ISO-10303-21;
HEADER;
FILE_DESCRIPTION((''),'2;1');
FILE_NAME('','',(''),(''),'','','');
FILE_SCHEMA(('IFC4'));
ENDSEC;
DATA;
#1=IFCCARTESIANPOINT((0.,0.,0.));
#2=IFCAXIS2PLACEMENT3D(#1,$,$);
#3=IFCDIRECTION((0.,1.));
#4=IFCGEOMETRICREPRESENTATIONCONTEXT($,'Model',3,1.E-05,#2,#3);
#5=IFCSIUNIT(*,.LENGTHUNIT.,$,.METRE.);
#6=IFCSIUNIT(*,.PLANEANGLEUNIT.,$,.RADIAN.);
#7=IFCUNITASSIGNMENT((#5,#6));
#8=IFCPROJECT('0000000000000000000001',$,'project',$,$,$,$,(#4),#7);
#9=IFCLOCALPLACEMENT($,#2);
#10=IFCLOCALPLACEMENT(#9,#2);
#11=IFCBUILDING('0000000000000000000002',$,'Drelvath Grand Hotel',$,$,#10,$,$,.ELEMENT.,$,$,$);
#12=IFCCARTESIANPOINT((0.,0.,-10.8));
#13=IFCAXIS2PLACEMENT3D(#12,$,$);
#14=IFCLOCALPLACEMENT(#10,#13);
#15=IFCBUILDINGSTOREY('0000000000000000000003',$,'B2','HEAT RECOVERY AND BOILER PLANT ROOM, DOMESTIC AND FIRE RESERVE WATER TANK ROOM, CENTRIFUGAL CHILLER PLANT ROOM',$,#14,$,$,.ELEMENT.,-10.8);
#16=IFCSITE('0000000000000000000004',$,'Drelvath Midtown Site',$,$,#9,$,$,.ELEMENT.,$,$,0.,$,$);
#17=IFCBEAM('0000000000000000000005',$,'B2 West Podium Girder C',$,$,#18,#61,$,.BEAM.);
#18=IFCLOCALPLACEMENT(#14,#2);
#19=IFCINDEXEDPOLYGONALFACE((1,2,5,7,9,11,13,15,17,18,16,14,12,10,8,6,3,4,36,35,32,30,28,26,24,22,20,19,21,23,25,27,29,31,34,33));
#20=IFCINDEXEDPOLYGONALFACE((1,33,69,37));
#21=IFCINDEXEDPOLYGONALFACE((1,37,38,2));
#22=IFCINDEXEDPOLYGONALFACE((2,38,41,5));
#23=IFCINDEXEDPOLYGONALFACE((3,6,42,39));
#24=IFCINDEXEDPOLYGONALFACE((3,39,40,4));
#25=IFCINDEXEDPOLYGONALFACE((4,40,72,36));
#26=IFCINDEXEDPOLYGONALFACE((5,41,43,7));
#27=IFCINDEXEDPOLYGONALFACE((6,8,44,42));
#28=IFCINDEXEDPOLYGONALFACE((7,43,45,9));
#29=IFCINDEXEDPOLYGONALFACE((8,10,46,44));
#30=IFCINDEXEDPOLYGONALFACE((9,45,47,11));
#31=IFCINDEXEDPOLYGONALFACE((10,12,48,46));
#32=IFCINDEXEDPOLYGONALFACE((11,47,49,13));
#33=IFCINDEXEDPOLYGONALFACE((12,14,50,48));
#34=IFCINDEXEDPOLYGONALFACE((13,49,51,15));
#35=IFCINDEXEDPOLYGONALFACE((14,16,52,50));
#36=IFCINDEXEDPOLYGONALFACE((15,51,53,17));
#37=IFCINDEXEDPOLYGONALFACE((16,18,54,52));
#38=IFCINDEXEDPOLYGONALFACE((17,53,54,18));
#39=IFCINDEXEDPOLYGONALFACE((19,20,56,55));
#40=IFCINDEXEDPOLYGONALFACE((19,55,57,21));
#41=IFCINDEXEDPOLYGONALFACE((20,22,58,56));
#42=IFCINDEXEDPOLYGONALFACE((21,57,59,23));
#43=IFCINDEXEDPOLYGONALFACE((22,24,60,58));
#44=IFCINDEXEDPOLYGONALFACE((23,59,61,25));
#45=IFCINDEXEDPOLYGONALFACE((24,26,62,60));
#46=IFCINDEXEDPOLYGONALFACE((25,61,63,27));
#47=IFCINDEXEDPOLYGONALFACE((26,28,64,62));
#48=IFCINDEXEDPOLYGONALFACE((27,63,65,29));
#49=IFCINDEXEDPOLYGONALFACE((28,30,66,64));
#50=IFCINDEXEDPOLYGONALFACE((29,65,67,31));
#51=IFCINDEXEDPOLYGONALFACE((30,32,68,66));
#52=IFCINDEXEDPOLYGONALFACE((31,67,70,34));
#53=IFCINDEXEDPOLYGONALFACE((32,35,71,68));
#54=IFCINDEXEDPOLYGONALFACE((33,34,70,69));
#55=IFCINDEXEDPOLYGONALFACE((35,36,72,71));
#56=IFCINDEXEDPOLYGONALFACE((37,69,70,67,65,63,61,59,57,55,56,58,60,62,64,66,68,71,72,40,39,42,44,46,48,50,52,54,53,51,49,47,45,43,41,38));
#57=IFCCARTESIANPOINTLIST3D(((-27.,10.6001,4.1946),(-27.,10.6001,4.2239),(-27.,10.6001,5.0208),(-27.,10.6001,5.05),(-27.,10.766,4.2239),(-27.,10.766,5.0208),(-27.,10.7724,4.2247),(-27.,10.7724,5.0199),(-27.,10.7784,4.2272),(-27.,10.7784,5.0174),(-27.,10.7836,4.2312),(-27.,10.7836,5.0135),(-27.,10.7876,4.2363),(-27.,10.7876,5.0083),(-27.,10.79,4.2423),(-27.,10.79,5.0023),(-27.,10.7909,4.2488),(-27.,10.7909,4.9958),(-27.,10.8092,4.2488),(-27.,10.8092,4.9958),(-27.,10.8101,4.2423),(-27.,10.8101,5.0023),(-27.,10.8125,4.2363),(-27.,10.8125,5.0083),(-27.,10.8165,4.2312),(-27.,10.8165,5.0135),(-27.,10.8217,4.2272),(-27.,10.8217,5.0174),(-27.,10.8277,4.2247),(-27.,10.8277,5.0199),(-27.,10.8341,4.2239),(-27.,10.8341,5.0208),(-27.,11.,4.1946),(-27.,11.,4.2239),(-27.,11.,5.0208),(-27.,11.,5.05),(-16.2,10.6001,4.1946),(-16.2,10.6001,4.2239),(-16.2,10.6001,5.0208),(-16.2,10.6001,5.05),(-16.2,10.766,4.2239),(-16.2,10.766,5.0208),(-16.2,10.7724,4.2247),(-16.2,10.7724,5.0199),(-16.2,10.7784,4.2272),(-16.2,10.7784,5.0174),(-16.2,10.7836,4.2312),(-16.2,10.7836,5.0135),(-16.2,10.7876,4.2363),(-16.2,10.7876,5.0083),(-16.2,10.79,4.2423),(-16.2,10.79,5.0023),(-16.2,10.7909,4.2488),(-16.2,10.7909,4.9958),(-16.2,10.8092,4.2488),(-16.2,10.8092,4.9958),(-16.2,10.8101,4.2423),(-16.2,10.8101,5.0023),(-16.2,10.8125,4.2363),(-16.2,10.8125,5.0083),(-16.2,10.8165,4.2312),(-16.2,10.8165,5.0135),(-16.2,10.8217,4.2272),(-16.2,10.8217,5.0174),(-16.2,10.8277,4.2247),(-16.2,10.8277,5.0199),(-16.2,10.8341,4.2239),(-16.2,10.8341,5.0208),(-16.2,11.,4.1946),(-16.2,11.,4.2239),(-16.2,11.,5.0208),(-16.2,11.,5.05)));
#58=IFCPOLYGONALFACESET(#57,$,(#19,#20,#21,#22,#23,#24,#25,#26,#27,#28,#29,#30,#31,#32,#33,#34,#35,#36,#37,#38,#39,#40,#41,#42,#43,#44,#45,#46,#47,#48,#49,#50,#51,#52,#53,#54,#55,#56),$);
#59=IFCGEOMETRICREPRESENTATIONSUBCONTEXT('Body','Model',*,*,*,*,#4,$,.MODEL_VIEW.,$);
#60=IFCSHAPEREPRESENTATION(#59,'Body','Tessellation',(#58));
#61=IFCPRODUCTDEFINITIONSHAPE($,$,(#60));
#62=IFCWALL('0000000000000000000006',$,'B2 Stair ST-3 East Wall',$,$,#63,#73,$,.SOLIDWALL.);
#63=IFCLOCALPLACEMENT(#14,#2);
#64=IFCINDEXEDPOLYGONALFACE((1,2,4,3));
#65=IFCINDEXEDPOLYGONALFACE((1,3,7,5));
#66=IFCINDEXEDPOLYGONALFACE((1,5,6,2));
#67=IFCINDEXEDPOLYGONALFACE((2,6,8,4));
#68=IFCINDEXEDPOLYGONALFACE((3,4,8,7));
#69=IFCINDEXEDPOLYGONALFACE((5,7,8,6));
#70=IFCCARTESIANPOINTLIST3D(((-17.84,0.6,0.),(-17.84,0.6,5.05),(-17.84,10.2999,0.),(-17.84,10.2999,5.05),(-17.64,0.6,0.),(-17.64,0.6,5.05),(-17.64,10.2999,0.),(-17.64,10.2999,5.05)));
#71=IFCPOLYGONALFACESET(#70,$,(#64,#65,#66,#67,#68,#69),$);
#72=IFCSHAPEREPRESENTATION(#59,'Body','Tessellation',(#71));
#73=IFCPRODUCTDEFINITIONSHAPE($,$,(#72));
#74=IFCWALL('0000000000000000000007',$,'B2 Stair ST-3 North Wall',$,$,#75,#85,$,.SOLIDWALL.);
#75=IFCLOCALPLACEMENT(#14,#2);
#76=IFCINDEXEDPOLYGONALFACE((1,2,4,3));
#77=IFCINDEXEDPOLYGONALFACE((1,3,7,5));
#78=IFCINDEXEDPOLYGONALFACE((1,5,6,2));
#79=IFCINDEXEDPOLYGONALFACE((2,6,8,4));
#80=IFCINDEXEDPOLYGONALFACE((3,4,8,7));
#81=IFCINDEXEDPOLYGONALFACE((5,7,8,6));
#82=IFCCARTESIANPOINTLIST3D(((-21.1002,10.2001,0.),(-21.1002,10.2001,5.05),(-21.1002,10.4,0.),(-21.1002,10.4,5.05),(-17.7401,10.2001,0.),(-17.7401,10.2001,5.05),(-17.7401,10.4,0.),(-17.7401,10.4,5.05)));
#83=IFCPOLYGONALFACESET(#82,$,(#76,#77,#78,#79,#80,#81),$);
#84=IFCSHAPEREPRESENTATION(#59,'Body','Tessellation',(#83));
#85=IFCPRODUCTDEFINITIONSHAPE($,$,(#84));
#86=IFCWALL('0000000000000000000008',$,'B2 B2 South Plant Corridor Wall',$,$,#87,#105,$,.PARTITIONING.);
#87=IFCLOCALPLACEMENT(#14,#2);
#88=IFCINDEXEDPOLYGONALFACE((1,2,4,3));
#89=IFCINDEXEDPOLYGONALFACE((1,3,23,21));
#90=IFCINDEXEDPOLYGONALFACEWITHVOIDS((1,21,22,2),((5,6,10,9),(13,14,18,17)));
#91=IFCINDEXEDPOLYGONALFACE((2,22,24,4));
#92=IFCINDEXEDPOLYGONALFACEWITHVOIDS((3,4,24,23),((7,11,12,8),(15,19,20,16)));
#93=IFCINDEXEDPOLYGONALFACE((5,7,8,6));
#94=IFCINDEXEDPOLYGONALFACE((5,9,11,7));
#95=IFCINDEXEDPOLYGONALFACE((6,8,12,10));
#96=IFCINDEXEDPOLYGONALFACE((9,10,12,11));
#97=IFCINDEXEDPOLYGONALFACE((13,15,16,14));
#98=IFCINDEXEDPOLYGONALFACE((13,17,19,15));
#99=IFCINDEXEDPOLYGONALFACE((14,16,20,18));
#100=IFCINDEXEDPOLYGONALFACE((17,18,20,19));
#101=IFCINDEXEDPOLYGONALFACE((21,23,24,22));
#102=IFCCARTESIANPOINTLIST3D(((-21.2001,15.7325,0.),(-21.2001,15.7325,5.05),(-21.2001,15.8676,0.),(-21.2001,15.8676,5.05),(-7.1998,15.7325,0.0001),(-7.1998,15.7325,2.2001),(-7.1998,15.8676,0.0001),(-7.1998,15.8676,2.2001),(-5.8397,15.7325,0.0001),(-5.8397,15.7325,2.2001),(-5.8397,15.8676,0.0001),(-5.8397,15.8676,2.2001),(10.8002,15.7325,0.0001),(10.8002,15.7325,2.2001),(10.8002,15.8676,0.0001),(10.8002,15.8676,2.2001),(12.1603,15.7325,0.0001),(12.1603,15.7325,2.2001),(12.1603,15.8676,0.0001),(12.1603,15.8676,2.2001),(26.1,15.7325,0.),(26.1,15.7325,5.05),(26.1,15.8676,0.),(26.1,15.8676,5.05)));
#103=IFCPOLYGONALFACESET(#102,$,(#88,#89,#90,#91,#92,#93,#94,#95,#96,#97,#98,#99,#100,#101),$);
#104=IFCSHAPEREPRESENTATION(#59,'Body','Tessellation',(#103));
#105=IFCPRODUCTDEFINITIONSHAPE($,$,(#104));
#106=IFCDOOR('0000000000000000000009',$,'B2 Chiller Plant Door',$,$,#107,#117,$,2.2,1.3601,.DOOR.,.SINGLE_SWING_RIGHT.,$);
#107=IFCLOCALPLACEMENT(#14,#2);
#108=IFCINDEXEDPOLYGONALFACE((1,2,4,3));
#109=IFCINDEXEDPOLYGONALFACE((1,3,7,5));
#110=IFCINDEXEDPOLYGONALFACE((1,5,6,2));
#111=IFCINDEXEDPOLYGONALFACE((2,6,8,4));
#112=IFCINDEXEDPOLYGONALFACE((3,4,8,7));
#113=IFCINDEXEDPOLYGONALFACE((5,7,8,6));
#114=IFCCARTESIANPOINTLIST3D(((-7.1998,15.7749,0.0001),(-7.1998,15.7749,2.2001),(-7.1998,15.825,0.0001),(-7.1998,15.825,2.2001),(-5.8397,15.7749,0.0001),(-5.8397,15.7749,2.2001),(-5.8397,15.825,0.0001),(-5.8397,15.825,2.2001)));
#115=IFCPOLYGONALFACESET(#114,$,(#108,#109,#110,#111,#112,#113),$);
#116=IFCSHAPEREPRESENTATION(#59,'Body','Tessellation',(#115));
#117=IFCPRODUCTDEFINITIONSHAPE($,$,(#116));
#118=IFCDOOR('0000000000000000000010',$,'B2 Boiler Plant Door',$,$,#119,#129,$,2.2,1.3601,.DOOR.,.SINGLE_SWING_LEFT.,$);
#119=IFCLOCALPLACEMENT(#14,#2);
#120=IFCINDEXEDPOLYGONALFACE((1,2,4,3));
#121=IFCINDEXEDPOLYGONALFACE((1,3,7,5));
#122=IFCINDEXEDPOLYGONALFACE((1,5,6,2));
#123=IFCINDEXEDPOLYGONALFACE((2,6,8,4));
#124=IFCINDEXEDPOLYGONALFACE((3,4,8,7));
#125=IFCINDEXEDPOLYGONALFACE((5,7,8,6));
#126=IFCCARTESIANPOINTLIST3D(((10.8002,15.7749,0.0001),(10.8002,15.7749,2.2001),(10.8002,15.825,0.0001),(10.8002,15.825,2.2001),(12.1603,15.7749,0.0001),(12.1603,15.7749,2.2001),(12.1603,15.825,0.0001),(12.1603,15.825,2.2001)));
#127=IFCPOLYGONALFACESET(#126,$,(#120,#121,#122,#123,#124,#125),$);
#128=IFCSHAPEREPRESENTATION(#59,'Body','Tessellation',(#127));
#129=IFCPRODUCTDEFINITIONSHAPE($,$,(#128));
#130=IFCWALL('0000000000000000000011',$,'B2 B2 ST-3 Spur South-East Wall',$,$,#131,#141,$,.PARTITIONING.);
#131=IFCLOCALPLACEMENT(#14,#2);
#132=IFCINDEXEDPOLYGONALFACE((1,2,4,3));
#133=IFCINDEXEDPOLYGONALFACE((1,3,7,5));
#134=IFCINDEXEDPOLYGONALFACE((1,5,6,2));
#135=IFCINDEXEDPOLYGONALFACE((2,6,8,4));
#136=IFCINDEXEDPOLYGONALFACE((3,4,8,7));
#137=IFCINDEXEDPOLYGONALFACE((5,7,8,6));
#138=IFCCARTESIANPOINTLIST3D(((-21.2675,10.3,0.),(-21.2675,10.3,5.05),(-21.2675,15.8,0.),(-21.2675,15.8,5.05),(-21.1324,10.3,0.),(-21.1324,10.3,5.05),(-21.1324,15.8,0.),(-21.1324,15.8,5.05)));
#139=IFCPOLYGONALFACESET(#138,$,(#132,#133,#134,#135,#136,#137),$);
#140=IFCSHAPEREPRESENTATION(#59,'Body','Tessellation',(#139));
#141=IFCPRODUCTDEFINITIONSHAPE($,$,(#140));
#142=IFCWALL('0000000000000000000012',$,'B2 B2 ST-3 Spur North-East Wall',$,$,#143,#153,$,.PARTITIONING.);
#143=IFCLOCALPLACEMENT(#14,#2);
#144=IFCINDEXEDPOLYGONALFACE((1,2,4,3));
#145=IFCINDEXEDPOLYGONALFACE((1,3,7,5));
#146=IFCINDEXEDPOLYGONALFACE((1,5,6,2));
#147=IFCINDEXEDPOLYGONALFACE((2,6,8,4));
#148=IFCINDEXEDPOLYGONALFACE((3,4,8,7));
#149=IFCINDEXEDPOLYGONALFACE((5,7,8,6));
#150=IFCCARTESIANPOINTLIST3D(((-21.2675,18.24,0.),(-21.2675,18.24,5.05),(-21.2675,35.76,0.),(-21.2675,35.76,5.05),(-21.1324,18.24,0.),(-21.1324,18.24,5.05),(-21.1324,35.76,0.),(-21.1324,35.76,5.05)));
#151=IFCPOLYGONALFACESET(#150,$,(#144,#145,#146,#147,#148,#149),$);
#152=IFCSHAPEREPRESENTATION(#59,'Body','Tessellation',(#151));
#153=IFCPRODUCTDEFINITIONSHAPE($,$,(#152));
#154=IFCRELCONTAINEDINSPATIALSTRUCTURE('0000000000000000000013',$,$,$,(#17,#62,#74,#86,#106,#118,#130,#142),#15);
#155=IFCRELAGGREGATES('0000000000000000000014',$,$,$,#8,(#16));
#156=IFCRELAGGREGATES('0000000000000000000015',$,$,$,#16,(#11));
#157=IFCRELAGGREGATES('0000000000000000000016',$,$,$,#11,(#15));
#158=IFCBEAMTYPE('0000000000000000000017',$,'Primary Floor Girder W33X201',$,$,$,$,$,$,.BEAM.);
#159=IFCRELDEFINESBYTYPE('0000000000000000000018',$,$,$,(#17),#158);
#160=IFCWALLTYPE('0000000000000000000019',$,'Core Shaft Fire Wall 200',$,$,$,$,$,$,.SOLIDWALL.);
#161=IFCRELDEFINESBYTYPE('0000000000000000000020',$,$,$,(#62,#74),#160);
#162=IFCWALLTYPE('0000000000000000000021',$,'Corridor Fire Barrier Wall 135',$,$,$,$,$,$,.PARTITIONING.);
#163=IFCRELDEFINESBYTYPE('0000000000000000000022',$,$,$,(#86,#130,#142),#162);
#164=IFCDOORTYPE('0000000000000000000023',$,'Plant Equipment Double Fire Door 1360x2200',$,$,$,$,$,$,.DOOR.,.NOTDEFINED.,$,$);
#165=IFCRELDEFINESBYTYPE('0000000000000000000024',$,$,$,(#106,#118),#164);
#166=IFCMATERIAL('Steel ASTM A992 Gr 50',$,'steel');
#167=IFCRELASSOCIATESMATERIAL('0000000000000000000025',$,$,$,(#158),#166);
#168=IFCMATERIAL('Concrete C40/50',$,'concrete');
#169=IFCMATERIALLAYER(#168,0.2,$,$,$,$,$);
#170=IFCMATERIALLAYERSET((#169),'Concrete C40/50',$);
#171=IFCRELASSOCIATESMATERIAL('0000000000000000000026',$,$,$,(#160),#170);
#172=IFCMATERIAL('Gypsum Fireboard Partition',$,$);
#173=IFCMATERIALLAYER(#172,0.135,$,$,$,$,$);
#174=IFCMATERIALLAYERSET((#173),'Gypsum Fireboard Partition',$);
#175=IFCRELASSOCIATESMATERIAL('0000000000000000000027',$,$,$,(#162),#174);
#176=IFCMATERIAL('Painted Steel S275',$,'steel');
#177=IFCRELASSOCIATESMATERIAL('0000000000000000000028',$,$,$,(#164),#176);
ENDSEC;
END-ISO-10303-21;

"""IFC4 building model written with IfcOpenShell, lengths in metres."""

from ifc_helpers import new_model, si_unit, direction, frame, frame_2d, origin, origin_2d, place, context, subcontext, project, spatial, rectangle, i_section, extrude, material, layer, layer_set, material_profile, profile_set, type_object, element, fill, save


model = new_model("IFC4")

# Units and contexts
model_context = context("Model", 3, precision=1e-05, world=origin(), true_north=direction((0.0, 1.0)))
body_context = subcontext(model_context, "Body", "Model", "MODEL_VIEW")
ifc_project = project(units=[si_unit("LENGTHUNIT", "METRE"), si_unit("PLANEANGLEUNIT", "RADIAN")], contexts=[model_context])

# Site, building, storey
site_placement = place(None, origin())
site = spatial("IfcSite", under=ifc_project, at=site_placement, Name="Drelvath Midtown Site", CompositionType="ELEMENT", RefElevation=0.0)
building_placement = place(site_placement, origin())
building = spatial("IfcBuilding", under=site, at=building_placement, Name="Drelvath Grand Hotel", CompositionType="ELEMENT")
storey_placement = place(building_placement, frame((0.0, 0.0, -10.8)))
storey = spatial("IfcBuildingStorey", under=building, at=storey_placement, Name="B2", Description="HEAT RECOVERY AND BOILER PLANT ROOM, DOMESTIC AND FIRE RESERVE WATER TANK ROOM, CENTRIFUGAL CHILLER PLANT ROOM", CompositionType="ELEMENT", Elevation=-10.8)

# Beam
ifc_material_1 = material(Name="Steel ASTM A992 Gr 50", Category="steel")
ifc_material_profile_1 = material_profile(ifc_material_1, i_section(OverallWidth=0.3999, OverallDepth=0.8555, WebThickness=0.0183, FlangeThickness=0.0293, FilletRadius=0.0249, at=origin_2d()), Name="W33X201")
ifc_profile_set_1 = profile_set([ifc_material_profile_1], Name="Steel ASTM A992 Gr 50")
beam_type_1 = type_object("IfcBeamType", Name="Primary Floor Girder W33X201", PredefinedType="BEAM", material=ifc_profile_set_1)
beam_1_placement = place(storey_placement, frame((-27.0, 10.8, 4.6223), z_axis=(1.0, 0.0, 0.0), x_axis=(0.0, 1.0, 0.0)))
element("IfcBeam", 1, at=beam_1_placement, inside=storey, type_object=beam_type_1, Name="B2 West Podium Girder C", PredefinedType="BEAM", context=body_context, shape_type="SweptSolid", body=[
    extrude(i_section(OverallWidth=0.3999, OverallDepth=0.8555, WebThickness=0.0183, FlangeThickness=0.0293, FilletRadius=0.0249, at=origin_2d()), origin(), (0.0, 0.0, 1.0), 10.8),
])

# Walls
ifc_material_2 = material(Name="Concrete C40/50", Category="concrete")
ifc_layer_1 = layer(ifc_material_2, 0.2)
ifc_layer_set_1 = layer_set([ifc_layer_1], Name="Concrete C40/50")
wall_type_1 = type_object("IfcWallType", Name="Core Shaft Fire Wall 200", PredefinedType="SOLIDWALL", material=ifc_layer_set_1)
wall_1_placement = place(storey_placement, frame((-17.74, 10.3, 0.0), z_axis=(0.0, 0.0, 1.0), x_axis=(0.0, -1.0, 0.0)))
element("IfcWall", 2, at=wall_1_placement, inside=storey, type_object=wall_type_1, Name="B2 Stair ST-3 East Wall", PredefinedType="SOLIDWALL", context=body_context, shape_type="SweptSolid", body=[
    extrude(rectangle(XDim=9.7, YDim=0.2, at=frame_2d((4.8501, 0.0))), origin(), (0.0, 0.0, 1.0), 5.05),
])
wall_2_placement = place(storey_placement, frame((-17.74, 10.3, 0.0), z_axis=(0.0, 0.0, 1.0), x_axis=(-1.0, 0.0, 0.0)))
element("IfcWall", 3, at=wall_2_placement, inside=storey, type_object=wall_type_1, Name="B2 Stair ST-3 North Wall", PredefinedType="SOLIDWALL", context=body_context, shape_type="SweptSolid", body=[
    extrude(rectangle(XDim=3.3601, YDim=0.2, at=frame_2d((1.6802, 0.0))), origin(), (0.0, 0.0, 1.0), 5.05),
])

# Wall, openings, doors
ifc_material_3 = material(Name="Gypsum Fireboard Partition")
ifc_layer_2 = layer(ifc_material_3, 0.135)
ifc_layer_set_2 = layer_set([ifc_layer_2], Name="Gypsum Fireboard Partition")
wall_type_2 = type_object("IfcWallType", Name="Corridor Fire Barrier Wall 135", PredefinedType="PARTITIONING", material=ifc_layer_set_2)
wall_3_placement = place(storey_placement, frame((-21.2, 15.8, 0.0), z_axis=(0.0, 0.0, 1.0), x_axis=(1.0, 0.0, 0.0)))
wall_3 = element("IfcWall", 4, at=wall_3_placement, inside=storey, type_object=wall_type_2, Name="B2 B2 South Plant Corridor Wall", PredefinedType="PARTITIONING", context=body_context, shape_type="SweptSolid", body=[
    extrude(rectangle(XDim=47.3, YDim=0.135, at=frame_2d((23.6499, 0.0))), origin(), (0.0, 0.0, 1.0), 5.05),
])
opening_1_placement = place(wall_3_placement, frame((14.0, 0.0, 0.0)))
opening_1 = element("IfcOpeningElement", 5, at=opening_1_placement, cuts=wall_3, PredefinedType="OPENING", context=body_context, shape_type="SweptSolid", body=[
    extrude(rectangle(XDim=1.3601, YDim=2.2, at=frame_2d((0.6802, 1.1001))), frame((0.0, 0.0774, 0.0), z_axis=(0.0, -1.0, 0.0), x_axis=(1.0, 0.0, 0.0)), (0.0, 0.0, 1.0), 0.155),
])
opening_2_placement = place(wall_3_placement, frame((32.0, 0.0, 0.0)))
opening_2 = element("IfcOpeningElement", 6, at=opening_2_placement, cuts=wall_3, PredefinedType="OPENING", context=body_context, shape_type="SweptSolid", body=[
    extrude(rectangle(XDim=1.3601, YDim=2.2, at=frame_2d((0.6802, 1.1001))), frame((0.0, 0.0774, 0.0), z_axis=(0.0, -1.0, 0.0), x_axis=(1.0, 0.0, 0.0)), (0.0, 0.0, 1.0), 0.155),
])
ifc_material_4 = material(Name="Painted Steel S275", Category="steel")
door_type = type_object("IfcDoorType", Name="Plant Equipment Double Fire Door 1360x2200", OperationType="NOTDEFINED", PredefinedType="DOOR", material=ifc_material_4)
door_1_placement = place(opening_1_placement, origin())
door_1 = element("IfcDoor", 7, at=door_1_placement, inside=storey, type_object=door_type, Name="B2 Chiller Plant Door", OperationType="SINGLE_SWING_RIGHT", OverallHeight=2.2, OverallWidth=1.3601, PredefinedType="DOOR", context=body_context, shape_type="SweptSolid", body=[
    extrude(rectangle(XDim=1.3601, YDim=2.2, at=frame_2d((0.6802, 1.1001))), frame((0.0, 0.0249, 0.0), z_axis=(0.0, -1.0, 0.0), x_axis=(1.0, 0.0, 0.0)), (0.0, 0.0, 1.0), 0.05),
])
fill(opening_1, door_1)
door_2_placement = place(opening_2_placement, origin())
door_2 = element("IfcDoor", 8, at=door_2_placement, inside=storey, type_object=door_type, Name="B2 Boiler Plant Door", OperationType="SINGLE_SWING_LEFT", OverallHeight=2.2, OverallWidth=1.3601, PredefinedType="DOOR", context=body_context, shape_type="SweptSolid", body=[
    extrude(rectangle(XDim=1.3601, YDim=2.2, at=frame_2d((0.6802, 1.1001))), frame((0.0, 0.0249, 0.0), z_axis=(0.0, -1.0, 0.0), x_axis=(1.0, 0.0, 0.0)), (0.0, 0.0, 1.0), 0.05),
])
fill(opening_2, door_2)

# Walls
wall_4_placement = place(storey_placement, frame((-21.2, 10.3, 0.0), z_axis=(0.0, 0.0, 1.0), x_axis=(0.0, 1.0, 0.0)))
element("IfcWall", 9, at=wall_4_placement, inside=storey, type_object=wall_type_2, Name="B2 B2 ST-3 Spur South-East Wall", PredefinedType="PARTITIONING", context=body_context, shape_type="SweptSolid", body=[
    extrude(rectangle(XDim=5.5, YDim=0.135, at=frame_2d((2.75, 0.0))), origin(), (0.0, 0.0, 1.0), 5.05),
])
wall_5_placement = place(storey_placement, frame((-21.2, 18.24, 0.0), z_axis=(0.0, 0.0, 1.0), x_axis=(0.0, 1.0, 0.0)))
element("IfcWall", 10, at=wall_5_placement, inside=storey, type_object=wall_type_2, Name="B2 B2 ST-3 Spur North-East Wall", PredefinedType="PARTITIONING", context=body_context, shape_type="SweptSolid", body=[
    extrude(rectangle(XDim=17.52, YDim=0.135, at=frame_2d((8.76, 0.0))), origin(), (0.0, 0.0, 1.0), 5.05),
])

save(model, "model.ifc")
